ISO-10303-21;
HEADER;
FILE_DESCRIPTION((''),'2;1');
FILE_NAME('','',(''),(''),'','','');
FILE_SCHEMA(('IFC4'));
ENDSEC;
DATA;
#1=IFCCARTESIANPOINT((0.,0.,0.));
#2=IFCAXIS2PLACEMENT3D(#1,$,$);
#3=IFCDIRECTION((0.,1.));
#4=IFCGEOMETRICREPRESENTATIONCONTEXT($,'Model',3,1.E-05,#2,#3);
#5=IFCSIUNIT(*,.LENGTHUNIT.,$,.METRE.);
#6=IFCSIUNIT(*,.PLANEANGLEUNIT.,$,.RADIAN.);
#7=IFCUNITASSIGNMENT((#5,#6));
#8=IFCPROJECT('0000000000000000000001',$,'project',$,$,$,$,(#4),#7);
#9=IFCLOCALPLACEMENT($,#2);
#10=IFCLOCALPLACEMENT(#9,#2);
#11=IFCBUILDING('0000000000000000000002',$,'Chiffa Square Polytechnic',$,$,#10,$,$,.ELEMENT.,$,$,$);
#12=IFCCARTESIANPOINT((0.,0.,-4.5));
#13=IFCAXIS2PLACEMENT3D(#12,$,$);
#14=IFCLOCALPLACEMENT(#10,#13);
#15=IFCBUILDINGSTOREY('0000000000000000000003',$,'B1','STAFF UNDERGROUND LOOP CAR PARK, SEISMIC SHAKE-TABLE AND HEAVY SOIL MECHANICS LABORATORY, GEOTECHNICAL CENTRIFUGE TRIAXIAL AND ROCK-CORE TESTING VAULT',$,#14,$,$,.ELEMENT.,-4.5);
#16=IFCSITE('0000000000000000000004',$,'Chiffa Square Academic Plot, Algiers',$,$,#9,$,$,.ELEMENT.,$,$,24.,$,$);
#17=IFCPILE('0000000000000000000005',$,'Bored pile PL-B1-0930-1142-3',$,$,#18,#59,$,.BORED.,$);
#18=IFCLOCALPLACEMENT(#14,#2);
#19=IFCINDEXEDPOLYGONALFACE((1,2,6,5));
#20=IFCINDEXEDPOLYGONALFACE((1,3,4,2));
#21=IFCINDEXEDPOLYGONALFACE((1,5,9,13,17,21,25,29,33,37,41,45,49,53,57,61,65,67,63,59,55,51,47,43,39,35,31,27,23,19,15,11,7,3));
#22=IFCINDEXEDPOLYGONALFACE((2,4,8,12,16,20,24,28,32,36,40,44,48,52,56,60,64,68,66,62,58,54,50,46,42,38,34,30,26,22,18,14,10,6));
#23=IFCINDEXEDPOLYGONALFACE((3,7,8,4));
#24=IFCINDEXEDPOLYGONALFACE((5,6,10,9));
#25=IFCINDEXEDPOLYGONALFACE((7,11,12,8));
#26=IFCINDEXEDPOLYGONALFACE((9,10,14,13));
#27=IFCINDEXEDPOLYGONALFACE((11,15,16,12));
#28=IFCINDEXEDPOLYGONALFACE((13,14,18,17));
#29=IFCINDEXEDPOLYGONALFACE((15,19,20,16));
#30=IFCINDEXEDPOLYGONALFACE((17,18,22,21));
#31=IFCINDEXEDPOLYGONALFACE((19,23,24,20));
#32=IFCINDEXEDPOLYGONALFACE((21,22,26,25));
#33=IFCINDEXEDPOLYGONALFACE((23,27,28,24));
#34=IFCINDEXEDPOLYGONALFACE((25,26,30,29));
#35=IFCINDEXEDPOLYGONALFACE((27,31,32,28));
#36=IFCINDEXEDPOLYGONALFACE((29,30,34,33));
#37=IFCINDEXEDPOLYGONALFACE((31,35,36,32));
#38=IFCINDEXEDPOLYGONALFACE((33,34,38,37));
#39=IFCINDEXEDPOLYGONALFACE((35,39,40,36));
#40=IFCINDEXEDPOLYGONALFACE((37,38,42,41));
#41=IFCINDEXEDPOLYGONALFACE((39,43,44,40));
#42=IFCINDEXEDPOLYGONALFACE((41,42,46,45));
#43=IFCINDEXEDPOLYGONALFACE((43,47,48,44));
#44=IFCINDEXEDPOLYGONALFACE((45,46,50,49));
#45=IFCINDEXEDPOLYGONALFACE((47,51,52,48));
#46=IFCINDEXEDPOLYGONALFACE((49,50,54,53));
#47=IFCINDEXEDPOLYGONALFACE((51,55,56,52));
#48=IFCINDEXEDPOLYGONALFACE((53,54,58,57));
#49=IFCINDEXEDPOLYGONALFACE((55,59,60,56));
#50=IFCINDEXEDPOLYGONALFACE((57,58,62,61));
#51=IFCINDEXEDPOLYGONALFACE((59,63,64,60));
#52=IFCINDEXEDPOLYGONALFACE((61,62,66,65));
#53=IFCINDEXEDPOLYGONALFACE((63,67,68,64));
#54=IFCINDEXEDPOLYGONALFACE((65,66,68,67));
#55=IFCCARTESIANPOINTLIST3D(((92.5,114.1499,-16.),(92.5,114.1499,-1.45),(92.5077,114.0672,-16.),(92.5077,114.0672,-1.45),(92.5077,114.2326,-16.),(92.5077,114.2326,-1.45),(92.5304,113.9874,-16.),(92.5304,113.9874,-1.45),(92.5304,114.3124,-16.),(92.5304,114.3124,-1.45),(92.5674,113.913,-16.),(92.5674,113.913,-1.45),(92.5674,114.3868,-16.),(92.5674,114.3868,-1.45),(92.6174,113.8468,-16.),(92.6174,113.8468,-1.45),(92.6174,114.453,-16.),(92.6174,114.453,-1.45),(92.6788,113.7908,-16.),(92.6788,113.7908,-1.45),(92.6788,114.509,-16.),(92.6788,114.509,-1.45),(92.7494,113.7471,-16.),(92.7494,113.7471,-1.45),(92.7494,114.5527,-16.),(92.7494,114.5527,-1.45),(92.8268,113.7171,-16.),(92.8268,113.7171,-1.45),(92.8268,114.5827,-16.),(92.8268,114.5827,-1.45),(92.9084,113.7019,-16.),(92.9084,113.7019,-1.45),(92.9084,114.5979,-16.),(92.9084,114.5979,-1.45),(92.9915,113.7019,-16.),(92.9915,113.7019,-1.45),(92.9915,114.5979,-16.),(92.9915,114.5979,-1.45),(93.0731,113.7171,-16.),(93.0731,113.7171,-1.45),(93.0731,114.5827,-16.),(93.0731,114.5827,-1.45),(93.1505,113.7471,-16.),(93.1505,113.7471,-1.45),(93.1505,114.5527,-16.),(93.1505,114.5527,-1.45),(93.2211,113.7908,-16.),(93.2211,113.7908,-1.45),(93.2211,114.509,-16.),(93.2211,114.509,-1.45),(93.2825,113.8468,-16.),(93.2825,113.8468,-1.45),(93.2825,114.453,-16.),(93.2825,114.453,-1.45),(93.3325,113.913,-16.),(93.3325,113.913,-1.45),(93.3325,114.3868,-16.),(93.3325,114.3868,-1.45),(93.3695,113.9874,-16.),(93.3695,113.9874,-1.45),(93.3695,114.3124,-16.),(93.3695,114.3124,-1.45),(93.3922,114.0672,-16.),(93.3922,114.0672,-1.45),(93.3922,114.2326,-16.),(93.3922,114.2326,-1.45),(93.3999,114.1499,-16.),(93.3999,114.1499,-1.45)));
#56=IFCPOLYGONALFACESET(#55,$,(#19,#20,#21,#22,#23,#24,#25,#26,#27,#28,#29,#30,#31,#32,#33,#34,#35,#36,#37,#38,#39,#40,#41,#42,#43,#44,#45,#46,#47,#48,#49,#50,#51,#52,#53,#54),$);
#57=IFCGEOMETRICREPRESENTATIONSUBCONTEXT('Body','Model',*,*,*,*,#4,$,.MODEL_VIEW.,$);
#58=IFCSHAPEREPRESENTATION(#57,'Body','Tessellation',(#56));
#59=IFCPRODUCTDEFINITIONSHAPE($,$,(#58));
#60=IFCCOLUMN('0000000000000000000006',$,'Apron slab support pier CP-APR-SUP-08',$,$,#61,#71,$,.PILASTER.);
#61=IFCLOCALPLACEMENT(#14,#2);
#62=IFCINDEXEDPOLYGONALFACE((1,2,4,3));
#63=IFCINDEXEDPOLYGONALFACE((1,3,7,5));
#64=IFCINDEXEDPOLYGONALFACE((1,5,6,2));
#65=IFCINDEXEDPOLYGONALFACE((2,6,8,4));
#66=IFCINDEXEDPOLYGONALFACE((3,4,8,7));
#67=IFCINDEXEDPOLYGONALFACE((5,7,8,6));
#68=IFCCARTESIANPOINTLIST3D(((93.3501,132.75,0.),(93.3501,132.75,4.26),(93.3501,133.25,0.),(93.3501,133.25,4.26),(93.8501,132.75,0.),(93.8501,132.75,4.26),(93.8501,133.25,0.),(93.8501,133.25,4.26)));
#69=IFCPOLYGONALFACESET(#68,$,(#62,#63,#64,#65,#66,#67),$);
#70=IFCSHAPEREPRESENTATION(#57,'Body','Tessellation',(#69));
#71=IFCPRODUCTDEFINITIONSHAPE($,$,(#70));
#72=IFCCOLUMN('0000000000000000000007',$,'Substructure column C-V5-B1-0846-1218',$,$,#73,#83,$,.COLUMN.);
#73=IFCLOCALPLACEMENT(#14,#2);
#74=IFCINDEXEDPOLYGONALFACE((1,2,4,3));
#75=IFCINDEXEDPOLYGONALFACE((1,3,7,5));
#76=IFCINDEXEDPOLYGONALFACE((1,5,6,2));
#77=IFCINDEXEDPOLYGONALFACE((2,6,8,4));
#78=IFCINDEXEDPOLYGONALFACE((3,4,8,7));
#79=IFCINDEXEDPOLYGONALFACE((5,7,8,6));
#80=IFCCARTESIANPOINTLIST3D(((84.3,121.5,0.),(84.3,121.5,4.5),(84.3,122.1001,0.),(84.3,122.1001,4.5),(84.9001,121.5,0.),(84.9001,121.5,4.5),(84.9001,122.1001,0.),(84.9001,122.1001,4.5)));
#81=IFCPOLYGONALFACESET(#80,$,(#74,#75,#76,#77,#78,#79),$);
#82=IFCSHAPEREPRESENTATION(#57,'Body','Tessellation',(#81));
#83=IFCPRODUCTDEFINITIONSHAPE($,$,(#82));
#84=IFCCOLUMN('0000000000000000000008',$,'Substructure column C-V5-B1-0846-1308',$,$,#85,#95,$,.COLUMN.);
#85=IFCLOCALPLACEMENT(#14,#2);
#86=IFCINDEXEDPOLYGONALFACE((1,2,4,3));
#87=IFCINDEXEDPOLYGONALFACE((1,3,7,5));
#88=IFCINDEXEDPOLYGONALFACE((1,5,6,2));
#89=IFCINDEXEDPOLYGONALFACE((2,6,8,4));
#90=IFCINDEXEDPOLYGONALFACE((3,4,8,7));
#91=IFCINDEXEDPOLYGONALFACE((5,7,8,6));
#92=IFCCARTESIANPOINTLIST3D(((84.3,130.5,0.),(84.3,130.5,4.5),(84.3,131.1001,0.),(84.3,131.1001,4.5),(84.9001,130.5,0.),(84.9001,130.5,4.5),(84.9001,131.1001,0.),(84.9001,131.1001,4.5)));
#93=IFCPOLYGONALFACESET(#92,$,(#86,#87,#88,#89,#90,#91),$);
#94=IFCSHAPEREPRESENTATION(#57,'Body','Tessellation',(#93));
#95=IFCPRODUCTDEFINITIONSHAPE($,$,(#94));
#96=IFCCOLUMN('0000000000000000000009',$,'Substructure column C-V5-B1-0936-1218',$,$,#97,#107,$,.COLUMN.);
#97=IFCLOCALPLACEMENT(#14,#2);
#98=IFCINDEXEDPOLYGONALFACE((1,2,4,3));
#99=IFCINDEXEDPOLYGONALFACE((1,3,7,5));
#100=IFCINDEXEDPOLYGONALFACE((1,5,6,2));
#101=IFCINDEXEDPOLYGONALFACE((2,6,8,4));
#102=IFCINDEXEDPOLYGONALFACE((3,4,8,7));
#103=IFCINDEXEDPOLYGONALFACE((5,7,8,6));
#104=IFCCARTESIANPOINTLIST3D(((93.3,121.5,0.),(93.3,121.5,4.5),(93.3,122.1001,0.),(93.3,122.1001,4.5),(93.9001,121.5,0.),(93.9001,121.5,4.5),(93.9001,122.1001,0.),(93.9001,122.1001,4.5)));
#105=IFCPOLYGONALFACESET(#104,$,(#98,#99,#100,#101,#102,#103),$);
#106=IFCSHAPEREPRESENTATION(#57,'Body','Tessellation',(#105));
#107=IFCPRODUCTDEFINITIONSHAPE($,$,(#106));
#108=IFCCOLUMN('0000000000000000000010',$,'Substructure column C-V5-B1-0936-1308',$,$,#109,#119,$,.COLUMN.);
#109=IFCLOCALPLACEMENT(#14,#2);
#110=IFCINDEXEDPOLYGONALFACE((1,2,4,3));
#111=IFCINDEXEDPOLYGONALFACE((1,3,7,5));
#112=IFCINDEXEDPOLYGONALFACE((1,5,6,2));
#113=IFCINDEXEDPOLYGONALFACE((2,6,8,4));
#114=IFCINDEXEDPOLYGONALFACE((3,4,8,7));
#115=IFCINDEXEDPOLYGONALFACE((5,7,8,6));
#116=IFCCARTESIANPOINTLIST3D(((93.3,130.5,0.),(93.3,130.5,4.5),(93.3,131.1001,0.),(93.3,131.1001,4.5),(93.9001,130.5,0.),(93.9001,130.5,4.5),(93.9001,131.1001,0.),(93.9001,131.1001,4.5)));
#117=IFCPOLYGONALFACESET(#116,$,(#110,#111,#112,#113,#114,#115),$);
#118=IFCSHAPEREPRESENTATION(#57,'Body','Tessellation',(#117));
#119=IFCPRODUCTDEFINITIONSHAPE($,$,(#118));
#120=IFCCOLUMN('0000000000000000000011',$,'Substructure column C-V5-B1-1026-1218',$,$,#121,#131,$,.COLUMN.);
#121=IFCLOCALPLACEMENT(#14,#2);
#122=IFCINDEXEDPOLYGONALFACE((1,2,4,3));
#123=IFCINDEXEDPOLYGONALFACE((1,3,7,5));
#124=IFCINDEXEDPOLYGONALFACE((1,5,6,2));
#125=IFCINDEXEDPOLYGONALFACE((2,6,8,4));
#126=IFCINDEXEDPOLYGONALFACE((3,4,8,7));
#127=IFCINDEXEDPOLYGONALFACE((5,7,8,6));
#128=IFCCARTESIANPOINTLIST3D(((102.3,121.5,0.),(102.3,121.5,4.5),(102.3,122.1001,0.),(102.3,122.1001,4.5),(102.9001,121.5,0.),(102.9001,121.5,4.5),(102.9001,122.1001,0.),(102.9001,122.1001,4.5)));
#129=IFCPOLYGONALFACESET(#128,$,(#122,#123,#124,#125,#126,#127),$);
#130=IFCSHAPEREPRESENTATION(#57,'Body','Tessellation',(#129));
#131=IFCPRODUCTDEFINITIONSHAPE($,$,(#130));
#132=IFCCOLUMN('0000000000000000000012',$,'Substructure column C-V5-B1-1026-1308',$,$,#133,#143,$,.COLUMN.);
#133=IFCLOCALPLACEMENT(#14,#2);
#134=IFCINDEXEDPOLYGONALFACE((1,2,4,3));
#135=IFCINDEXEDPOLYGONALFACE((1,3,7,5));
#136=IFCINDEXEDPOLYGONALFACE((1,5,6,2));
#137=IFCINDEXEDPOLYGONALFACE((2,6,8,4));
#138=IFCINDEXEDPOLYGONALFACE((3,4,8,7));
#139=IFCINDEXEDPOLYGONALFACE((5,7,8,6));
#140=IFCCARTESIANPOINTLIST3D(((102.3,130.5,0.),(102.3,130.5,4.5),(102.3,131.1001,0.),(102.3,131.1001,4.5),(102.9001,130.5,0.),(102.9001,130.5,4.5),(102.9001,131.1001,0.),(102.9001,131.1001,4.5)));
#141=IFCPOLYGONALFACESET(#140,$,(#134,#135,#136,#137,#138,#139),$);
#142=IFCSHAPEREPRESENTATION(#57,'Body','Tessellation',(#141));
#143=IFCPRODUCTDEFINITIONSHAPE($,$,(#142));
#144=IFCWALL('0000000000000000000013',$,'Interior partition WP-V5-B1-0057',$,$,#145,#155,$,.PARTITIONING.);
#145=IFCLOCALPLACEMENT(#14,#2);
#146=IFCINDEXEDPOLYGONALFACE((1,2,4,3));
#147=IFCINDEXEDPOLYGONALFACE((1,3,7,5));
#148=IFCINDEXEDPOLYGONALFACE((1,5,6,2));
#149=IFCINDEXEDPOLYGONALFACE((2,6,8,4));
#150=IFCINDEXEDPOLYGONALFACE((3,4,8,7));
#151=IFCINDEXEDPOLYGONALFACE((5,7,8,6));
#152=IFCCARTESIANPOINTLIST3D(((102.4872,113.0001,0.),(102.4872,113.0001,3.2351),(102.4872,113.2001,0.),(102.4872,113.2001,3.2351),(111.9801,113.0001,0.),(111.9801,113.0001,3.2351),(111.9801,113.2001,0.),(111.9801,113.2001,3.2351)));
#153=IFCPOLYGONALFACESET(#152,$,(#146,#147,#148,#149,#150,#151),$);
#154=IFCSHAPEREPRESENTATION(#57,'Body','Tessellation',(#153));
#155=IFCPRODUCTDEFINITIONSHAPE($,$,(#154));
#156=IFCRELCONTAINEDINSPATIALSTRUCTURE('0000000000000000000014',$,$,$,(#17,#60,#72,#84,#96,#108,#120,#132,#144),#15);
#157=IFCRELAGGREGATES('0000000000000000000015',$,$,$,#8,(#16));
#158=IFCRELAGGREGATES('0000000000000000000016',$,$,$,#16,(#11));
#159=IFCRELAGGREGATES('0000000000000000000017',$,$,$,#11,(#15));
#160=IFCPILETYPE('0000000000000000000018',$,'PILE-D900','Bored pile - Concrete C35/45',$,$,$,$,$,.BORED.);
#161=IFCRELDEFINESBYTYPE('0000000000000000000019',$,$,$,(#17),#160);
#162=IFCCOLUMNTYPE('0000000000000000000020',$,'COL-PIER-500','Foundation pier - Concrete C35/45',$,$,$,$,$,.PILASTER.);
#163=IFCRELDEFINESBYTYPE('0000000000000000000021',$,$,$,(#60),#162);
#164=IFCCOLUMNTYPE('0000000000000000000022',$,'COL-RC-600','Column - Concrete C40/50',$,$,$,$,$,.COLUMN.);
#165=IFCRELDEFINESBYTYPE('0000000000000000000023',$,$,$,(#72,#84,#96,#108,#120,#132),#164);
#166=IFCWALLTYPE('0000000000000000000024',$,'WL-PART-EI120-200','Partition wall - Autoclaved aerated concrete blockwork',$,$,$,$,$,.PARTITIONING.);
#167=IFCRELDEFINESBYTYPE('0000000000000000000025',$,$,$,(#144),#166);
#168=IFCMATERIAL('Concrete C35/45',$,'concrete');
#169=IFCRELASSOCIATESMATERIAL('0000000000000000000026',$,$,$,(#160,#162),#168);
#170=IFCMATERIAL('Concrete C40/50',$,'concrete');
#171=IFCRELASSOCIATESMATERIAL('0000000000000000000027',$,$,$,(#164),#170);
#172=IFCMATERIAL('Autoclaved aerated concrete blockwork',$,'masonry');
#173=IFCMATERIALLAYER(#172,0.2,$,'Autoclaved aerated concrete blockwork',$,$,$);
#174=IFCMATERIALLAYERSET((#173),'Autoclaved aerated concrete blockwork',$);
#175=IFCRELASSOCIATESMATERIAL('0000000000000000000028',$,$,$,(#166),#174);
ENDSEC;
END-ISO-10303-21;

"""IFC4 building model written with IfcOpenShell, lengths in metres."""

from ifc_helpers import new_model, si_unit, direction, frame, frame_2d, origin, origin_2d, place, context, subcontext, project, spatial, rectangle, circle, extrude, material, layer, layer_set, material_profile, profile_set, type_object, element, save


model = new_model("IFC4")

# Units and contexts
model_context = context("Model", 3, precision=1e-05, world=origin(), true_north=direction((0.0, 1.0)))
body_context = subcontext(model_context, "Body", "Model", "MODEL_VIEW")
ifc_project = project(units=[si_unit("LENGTHUNIT", "METRE"), si_unit("PLANEANGLEUNIT", "RADIAN")], contexts=[model_context])

# Site, building, storey
site_placement = place(None, origin())
site = spatial("IfcSite", under=ifc_project, at=site_placement, Name="Chiffa Square Academic Plot, Algiers", CompositionType="ELEMENT", RefElevation=24.0)
building_placement = place(site_placement, origin())
building = spatial("IfcBuilding", under=site, at=building_placement, Name="Chiffa Square Polytechnic", CompositionType="ELEMENT")
storey_placement = place(building_placement, frame((0.0, 0.0, -4.5)))
storey = spatial("IfcBuildingStorey", under=building, at=storey_placement, Name="B1", Description="STAFF UNDERGROUND LOOP CAR PARK, SEISMIC SHAKE-TABLE AND HEAVY SOIL MECHANICS LABORATORY, GEOTECHNICAL CENTRIFUGE TRIAXIAL AND ROCK-CORE TESTING VAULT", CompositionType="ELEMENT", Elevation=-4.5)

# Shared definitions
ifc_material_1 = material(Name="Concrete C35/45", Category="concrete")

# Pile
ifc_material_profile_1 = material_profile(ifc_material_1, circle(Radius=0.45, at=origin_2d()), Name="PILE D900")
ifc_profile_set_1 = profile_set([ifc_material_profile_1], Name="Concrete C35/45")
pile_type_1 = type_object("IfcPileType", Name="PILE-D900", Description="Bored pile - Concrete C35/45", PredefinedType="BORED", material=ifc_profile_set_1)
pile_1_placement = place(storey_placement, frame((92.95, 114.1499, -1.45), z_axis=(0.0, 0.0, -1.0), x_axis=(1.0, 0.0, 0.0)))
element("IfcPile", 1, at=pile_1_placement, inside=storey, type_object=pile_type_1, Name="Bored pile PL-B1-0930-1142-3", PredefinedType="BORED", context=body_context, shape_type="SweptSolid", body=[
    extrude(circle(Radius=0.45, at=origin_2d()), origin(), (0.0, 0.0, 1.0), 14.55),
])

# Columns
ifc_material_profile_2 = material_profile(ifc_material_1, rectangle(XDim=0.5, YDim=0.5, at=origin_2d()), Name="RC 500x500")
ifc_profile_set_2 = profile_set([ifc_material_profile_2], Name="Concrete C35/45")
column_type_1 = type_object("IfcColumnType", Name="COL-PIER-500", Description="Foundation pier - Concrete C35/45", PredefinedType="PILASTER", material=ifc_profile_set_2)
column_placement = place(storey_placement, frame((93.6001, 133.0, 0.0), z_axis=(0.0, 0.0, 1.0), x_axis=(1.0, 0.0, 0.0)))
element("IfcColumn", 2, at=column_placement, inside=storey, type_object=column_type_1, Name="Apron slab support pier CP-APR-SUP-08", PredefinedType="PILASTER", context=body_context, shape_type="SweptSolid", body=[
    extrude(rectangle(XDim=0.5, YDim=0.5, at=origin_2d()), origin(), (0.0, 0.0, 1.0), 4.26),
])
ifc_material_2 = material(Name="Concrete C40/50", Category="concrete")
ifc_material_profile_3 = material_profile(ifc_material_2, rectangle(XDim=0.6001, YDim=0.6001, at=origin_2d()), Name="RC 600x600")
ifc_profile_set_3 = profile_set([ifc_material_profile_3], Name="Concrete C40/50")
column_type_2 = type_object("IfcColumnType", Name="COL-RC-600", Description="Column - Concrete C40/50", PredefinedType="COLUMN", material=ifc_profile_set_3)
for number, where, z_axis, x_axis, name in (
    (3, (84.6001, 121.8, 0.0), (0.0, 0.0, 1.0), (1.0, 0.0, 0.0), "Substructure column C-V5-B1-0846-1218"),
    (4, (84.6001, 130.8, 0.0), (0.0, 0.0, 1.0), (1.0, 0.0, 0.0), "Substructure column C-V5-B1-0846-1308"),
    (5, (93.6001, 121.8, 0.0), (0.0, 0.0, 1.0), (1.0, 0.0, 0.0), "Substructure column C-V5-B1-0936-1218"),
    (6, (93.6001, 130.8, 0.0), (0.0, 0.0, 1.0), (1.0, 0.0, 0.0), "Substructure column C-V5-B1-0936-1308"),
    (7, (102.6001, 121.8, 0.0), (0.0, 0.0, 1.0), (1.0, 0.0, 0.0), "Substructure column C-V5-B1-1026-1218"),
    (8, (102.6001, 130.8, 0.0), (0.0, 0.0, 1.0), (1.0, 0.0, 0.0), "Substructure column C-V5-B1-1026-1308"),
):
    element("IfcColumn", number, at=place(storey_placement, frame(where, z_axis=z_axis, x_axis=x_axis)), inside=storey, type_object=column_type_2, Name=name, PredefinedType="COLUMN", context=body_context, shape_type="SweptSolid", body=[
        extrude(rectangle(XDim=0.6001, YDim=0.6001, at=origin_2d()), origin(), (0.0, 0.0, 1.0), 4.5),
    ])

# Wall
ifc_material_3 = material(Name="Autoclaved aerated concrete blockwork", Category="masonry")
ifc_layer_1 = layer(ifc_material_3, 0.2, Name="Autoclaved aerated concrete blockwork")
ifc_layer_set_1 = layer_set([ifc_layer_1], Name="Autoclaved aerated concrete blockwork")
wall_type = type_object("IfcWallType", Name="WL-PART-EI120-200", Description="Partition wall - Autoclaved aerated concrete blockwork", PredefinedType="PARTITIONING", material=ifc_layer_set_1)
wall_placement = place(storey_placement, frame((102.4871, 113.1001, 0.0), z_axis=(0.0, 0.0, 1.0), x_axis=(1.0, 0.0, 0.0)))
element("IfcWall", 9, at=wall_placement, inside=storey, type_object=wall_type, Name="Interior partition WP-V5-B1-0057", PredefinedType="PARTITIONING", context=body_context, shape_type="SweptSolid", body=[
    extrude(rectangle(XDim=9.4929, YDim=0.2, at=frame_2d((4.7466, 0.0))), origin(), (0.0, 0.0, 1.0), 3.2351),
])

save(model, "model.ifc")
